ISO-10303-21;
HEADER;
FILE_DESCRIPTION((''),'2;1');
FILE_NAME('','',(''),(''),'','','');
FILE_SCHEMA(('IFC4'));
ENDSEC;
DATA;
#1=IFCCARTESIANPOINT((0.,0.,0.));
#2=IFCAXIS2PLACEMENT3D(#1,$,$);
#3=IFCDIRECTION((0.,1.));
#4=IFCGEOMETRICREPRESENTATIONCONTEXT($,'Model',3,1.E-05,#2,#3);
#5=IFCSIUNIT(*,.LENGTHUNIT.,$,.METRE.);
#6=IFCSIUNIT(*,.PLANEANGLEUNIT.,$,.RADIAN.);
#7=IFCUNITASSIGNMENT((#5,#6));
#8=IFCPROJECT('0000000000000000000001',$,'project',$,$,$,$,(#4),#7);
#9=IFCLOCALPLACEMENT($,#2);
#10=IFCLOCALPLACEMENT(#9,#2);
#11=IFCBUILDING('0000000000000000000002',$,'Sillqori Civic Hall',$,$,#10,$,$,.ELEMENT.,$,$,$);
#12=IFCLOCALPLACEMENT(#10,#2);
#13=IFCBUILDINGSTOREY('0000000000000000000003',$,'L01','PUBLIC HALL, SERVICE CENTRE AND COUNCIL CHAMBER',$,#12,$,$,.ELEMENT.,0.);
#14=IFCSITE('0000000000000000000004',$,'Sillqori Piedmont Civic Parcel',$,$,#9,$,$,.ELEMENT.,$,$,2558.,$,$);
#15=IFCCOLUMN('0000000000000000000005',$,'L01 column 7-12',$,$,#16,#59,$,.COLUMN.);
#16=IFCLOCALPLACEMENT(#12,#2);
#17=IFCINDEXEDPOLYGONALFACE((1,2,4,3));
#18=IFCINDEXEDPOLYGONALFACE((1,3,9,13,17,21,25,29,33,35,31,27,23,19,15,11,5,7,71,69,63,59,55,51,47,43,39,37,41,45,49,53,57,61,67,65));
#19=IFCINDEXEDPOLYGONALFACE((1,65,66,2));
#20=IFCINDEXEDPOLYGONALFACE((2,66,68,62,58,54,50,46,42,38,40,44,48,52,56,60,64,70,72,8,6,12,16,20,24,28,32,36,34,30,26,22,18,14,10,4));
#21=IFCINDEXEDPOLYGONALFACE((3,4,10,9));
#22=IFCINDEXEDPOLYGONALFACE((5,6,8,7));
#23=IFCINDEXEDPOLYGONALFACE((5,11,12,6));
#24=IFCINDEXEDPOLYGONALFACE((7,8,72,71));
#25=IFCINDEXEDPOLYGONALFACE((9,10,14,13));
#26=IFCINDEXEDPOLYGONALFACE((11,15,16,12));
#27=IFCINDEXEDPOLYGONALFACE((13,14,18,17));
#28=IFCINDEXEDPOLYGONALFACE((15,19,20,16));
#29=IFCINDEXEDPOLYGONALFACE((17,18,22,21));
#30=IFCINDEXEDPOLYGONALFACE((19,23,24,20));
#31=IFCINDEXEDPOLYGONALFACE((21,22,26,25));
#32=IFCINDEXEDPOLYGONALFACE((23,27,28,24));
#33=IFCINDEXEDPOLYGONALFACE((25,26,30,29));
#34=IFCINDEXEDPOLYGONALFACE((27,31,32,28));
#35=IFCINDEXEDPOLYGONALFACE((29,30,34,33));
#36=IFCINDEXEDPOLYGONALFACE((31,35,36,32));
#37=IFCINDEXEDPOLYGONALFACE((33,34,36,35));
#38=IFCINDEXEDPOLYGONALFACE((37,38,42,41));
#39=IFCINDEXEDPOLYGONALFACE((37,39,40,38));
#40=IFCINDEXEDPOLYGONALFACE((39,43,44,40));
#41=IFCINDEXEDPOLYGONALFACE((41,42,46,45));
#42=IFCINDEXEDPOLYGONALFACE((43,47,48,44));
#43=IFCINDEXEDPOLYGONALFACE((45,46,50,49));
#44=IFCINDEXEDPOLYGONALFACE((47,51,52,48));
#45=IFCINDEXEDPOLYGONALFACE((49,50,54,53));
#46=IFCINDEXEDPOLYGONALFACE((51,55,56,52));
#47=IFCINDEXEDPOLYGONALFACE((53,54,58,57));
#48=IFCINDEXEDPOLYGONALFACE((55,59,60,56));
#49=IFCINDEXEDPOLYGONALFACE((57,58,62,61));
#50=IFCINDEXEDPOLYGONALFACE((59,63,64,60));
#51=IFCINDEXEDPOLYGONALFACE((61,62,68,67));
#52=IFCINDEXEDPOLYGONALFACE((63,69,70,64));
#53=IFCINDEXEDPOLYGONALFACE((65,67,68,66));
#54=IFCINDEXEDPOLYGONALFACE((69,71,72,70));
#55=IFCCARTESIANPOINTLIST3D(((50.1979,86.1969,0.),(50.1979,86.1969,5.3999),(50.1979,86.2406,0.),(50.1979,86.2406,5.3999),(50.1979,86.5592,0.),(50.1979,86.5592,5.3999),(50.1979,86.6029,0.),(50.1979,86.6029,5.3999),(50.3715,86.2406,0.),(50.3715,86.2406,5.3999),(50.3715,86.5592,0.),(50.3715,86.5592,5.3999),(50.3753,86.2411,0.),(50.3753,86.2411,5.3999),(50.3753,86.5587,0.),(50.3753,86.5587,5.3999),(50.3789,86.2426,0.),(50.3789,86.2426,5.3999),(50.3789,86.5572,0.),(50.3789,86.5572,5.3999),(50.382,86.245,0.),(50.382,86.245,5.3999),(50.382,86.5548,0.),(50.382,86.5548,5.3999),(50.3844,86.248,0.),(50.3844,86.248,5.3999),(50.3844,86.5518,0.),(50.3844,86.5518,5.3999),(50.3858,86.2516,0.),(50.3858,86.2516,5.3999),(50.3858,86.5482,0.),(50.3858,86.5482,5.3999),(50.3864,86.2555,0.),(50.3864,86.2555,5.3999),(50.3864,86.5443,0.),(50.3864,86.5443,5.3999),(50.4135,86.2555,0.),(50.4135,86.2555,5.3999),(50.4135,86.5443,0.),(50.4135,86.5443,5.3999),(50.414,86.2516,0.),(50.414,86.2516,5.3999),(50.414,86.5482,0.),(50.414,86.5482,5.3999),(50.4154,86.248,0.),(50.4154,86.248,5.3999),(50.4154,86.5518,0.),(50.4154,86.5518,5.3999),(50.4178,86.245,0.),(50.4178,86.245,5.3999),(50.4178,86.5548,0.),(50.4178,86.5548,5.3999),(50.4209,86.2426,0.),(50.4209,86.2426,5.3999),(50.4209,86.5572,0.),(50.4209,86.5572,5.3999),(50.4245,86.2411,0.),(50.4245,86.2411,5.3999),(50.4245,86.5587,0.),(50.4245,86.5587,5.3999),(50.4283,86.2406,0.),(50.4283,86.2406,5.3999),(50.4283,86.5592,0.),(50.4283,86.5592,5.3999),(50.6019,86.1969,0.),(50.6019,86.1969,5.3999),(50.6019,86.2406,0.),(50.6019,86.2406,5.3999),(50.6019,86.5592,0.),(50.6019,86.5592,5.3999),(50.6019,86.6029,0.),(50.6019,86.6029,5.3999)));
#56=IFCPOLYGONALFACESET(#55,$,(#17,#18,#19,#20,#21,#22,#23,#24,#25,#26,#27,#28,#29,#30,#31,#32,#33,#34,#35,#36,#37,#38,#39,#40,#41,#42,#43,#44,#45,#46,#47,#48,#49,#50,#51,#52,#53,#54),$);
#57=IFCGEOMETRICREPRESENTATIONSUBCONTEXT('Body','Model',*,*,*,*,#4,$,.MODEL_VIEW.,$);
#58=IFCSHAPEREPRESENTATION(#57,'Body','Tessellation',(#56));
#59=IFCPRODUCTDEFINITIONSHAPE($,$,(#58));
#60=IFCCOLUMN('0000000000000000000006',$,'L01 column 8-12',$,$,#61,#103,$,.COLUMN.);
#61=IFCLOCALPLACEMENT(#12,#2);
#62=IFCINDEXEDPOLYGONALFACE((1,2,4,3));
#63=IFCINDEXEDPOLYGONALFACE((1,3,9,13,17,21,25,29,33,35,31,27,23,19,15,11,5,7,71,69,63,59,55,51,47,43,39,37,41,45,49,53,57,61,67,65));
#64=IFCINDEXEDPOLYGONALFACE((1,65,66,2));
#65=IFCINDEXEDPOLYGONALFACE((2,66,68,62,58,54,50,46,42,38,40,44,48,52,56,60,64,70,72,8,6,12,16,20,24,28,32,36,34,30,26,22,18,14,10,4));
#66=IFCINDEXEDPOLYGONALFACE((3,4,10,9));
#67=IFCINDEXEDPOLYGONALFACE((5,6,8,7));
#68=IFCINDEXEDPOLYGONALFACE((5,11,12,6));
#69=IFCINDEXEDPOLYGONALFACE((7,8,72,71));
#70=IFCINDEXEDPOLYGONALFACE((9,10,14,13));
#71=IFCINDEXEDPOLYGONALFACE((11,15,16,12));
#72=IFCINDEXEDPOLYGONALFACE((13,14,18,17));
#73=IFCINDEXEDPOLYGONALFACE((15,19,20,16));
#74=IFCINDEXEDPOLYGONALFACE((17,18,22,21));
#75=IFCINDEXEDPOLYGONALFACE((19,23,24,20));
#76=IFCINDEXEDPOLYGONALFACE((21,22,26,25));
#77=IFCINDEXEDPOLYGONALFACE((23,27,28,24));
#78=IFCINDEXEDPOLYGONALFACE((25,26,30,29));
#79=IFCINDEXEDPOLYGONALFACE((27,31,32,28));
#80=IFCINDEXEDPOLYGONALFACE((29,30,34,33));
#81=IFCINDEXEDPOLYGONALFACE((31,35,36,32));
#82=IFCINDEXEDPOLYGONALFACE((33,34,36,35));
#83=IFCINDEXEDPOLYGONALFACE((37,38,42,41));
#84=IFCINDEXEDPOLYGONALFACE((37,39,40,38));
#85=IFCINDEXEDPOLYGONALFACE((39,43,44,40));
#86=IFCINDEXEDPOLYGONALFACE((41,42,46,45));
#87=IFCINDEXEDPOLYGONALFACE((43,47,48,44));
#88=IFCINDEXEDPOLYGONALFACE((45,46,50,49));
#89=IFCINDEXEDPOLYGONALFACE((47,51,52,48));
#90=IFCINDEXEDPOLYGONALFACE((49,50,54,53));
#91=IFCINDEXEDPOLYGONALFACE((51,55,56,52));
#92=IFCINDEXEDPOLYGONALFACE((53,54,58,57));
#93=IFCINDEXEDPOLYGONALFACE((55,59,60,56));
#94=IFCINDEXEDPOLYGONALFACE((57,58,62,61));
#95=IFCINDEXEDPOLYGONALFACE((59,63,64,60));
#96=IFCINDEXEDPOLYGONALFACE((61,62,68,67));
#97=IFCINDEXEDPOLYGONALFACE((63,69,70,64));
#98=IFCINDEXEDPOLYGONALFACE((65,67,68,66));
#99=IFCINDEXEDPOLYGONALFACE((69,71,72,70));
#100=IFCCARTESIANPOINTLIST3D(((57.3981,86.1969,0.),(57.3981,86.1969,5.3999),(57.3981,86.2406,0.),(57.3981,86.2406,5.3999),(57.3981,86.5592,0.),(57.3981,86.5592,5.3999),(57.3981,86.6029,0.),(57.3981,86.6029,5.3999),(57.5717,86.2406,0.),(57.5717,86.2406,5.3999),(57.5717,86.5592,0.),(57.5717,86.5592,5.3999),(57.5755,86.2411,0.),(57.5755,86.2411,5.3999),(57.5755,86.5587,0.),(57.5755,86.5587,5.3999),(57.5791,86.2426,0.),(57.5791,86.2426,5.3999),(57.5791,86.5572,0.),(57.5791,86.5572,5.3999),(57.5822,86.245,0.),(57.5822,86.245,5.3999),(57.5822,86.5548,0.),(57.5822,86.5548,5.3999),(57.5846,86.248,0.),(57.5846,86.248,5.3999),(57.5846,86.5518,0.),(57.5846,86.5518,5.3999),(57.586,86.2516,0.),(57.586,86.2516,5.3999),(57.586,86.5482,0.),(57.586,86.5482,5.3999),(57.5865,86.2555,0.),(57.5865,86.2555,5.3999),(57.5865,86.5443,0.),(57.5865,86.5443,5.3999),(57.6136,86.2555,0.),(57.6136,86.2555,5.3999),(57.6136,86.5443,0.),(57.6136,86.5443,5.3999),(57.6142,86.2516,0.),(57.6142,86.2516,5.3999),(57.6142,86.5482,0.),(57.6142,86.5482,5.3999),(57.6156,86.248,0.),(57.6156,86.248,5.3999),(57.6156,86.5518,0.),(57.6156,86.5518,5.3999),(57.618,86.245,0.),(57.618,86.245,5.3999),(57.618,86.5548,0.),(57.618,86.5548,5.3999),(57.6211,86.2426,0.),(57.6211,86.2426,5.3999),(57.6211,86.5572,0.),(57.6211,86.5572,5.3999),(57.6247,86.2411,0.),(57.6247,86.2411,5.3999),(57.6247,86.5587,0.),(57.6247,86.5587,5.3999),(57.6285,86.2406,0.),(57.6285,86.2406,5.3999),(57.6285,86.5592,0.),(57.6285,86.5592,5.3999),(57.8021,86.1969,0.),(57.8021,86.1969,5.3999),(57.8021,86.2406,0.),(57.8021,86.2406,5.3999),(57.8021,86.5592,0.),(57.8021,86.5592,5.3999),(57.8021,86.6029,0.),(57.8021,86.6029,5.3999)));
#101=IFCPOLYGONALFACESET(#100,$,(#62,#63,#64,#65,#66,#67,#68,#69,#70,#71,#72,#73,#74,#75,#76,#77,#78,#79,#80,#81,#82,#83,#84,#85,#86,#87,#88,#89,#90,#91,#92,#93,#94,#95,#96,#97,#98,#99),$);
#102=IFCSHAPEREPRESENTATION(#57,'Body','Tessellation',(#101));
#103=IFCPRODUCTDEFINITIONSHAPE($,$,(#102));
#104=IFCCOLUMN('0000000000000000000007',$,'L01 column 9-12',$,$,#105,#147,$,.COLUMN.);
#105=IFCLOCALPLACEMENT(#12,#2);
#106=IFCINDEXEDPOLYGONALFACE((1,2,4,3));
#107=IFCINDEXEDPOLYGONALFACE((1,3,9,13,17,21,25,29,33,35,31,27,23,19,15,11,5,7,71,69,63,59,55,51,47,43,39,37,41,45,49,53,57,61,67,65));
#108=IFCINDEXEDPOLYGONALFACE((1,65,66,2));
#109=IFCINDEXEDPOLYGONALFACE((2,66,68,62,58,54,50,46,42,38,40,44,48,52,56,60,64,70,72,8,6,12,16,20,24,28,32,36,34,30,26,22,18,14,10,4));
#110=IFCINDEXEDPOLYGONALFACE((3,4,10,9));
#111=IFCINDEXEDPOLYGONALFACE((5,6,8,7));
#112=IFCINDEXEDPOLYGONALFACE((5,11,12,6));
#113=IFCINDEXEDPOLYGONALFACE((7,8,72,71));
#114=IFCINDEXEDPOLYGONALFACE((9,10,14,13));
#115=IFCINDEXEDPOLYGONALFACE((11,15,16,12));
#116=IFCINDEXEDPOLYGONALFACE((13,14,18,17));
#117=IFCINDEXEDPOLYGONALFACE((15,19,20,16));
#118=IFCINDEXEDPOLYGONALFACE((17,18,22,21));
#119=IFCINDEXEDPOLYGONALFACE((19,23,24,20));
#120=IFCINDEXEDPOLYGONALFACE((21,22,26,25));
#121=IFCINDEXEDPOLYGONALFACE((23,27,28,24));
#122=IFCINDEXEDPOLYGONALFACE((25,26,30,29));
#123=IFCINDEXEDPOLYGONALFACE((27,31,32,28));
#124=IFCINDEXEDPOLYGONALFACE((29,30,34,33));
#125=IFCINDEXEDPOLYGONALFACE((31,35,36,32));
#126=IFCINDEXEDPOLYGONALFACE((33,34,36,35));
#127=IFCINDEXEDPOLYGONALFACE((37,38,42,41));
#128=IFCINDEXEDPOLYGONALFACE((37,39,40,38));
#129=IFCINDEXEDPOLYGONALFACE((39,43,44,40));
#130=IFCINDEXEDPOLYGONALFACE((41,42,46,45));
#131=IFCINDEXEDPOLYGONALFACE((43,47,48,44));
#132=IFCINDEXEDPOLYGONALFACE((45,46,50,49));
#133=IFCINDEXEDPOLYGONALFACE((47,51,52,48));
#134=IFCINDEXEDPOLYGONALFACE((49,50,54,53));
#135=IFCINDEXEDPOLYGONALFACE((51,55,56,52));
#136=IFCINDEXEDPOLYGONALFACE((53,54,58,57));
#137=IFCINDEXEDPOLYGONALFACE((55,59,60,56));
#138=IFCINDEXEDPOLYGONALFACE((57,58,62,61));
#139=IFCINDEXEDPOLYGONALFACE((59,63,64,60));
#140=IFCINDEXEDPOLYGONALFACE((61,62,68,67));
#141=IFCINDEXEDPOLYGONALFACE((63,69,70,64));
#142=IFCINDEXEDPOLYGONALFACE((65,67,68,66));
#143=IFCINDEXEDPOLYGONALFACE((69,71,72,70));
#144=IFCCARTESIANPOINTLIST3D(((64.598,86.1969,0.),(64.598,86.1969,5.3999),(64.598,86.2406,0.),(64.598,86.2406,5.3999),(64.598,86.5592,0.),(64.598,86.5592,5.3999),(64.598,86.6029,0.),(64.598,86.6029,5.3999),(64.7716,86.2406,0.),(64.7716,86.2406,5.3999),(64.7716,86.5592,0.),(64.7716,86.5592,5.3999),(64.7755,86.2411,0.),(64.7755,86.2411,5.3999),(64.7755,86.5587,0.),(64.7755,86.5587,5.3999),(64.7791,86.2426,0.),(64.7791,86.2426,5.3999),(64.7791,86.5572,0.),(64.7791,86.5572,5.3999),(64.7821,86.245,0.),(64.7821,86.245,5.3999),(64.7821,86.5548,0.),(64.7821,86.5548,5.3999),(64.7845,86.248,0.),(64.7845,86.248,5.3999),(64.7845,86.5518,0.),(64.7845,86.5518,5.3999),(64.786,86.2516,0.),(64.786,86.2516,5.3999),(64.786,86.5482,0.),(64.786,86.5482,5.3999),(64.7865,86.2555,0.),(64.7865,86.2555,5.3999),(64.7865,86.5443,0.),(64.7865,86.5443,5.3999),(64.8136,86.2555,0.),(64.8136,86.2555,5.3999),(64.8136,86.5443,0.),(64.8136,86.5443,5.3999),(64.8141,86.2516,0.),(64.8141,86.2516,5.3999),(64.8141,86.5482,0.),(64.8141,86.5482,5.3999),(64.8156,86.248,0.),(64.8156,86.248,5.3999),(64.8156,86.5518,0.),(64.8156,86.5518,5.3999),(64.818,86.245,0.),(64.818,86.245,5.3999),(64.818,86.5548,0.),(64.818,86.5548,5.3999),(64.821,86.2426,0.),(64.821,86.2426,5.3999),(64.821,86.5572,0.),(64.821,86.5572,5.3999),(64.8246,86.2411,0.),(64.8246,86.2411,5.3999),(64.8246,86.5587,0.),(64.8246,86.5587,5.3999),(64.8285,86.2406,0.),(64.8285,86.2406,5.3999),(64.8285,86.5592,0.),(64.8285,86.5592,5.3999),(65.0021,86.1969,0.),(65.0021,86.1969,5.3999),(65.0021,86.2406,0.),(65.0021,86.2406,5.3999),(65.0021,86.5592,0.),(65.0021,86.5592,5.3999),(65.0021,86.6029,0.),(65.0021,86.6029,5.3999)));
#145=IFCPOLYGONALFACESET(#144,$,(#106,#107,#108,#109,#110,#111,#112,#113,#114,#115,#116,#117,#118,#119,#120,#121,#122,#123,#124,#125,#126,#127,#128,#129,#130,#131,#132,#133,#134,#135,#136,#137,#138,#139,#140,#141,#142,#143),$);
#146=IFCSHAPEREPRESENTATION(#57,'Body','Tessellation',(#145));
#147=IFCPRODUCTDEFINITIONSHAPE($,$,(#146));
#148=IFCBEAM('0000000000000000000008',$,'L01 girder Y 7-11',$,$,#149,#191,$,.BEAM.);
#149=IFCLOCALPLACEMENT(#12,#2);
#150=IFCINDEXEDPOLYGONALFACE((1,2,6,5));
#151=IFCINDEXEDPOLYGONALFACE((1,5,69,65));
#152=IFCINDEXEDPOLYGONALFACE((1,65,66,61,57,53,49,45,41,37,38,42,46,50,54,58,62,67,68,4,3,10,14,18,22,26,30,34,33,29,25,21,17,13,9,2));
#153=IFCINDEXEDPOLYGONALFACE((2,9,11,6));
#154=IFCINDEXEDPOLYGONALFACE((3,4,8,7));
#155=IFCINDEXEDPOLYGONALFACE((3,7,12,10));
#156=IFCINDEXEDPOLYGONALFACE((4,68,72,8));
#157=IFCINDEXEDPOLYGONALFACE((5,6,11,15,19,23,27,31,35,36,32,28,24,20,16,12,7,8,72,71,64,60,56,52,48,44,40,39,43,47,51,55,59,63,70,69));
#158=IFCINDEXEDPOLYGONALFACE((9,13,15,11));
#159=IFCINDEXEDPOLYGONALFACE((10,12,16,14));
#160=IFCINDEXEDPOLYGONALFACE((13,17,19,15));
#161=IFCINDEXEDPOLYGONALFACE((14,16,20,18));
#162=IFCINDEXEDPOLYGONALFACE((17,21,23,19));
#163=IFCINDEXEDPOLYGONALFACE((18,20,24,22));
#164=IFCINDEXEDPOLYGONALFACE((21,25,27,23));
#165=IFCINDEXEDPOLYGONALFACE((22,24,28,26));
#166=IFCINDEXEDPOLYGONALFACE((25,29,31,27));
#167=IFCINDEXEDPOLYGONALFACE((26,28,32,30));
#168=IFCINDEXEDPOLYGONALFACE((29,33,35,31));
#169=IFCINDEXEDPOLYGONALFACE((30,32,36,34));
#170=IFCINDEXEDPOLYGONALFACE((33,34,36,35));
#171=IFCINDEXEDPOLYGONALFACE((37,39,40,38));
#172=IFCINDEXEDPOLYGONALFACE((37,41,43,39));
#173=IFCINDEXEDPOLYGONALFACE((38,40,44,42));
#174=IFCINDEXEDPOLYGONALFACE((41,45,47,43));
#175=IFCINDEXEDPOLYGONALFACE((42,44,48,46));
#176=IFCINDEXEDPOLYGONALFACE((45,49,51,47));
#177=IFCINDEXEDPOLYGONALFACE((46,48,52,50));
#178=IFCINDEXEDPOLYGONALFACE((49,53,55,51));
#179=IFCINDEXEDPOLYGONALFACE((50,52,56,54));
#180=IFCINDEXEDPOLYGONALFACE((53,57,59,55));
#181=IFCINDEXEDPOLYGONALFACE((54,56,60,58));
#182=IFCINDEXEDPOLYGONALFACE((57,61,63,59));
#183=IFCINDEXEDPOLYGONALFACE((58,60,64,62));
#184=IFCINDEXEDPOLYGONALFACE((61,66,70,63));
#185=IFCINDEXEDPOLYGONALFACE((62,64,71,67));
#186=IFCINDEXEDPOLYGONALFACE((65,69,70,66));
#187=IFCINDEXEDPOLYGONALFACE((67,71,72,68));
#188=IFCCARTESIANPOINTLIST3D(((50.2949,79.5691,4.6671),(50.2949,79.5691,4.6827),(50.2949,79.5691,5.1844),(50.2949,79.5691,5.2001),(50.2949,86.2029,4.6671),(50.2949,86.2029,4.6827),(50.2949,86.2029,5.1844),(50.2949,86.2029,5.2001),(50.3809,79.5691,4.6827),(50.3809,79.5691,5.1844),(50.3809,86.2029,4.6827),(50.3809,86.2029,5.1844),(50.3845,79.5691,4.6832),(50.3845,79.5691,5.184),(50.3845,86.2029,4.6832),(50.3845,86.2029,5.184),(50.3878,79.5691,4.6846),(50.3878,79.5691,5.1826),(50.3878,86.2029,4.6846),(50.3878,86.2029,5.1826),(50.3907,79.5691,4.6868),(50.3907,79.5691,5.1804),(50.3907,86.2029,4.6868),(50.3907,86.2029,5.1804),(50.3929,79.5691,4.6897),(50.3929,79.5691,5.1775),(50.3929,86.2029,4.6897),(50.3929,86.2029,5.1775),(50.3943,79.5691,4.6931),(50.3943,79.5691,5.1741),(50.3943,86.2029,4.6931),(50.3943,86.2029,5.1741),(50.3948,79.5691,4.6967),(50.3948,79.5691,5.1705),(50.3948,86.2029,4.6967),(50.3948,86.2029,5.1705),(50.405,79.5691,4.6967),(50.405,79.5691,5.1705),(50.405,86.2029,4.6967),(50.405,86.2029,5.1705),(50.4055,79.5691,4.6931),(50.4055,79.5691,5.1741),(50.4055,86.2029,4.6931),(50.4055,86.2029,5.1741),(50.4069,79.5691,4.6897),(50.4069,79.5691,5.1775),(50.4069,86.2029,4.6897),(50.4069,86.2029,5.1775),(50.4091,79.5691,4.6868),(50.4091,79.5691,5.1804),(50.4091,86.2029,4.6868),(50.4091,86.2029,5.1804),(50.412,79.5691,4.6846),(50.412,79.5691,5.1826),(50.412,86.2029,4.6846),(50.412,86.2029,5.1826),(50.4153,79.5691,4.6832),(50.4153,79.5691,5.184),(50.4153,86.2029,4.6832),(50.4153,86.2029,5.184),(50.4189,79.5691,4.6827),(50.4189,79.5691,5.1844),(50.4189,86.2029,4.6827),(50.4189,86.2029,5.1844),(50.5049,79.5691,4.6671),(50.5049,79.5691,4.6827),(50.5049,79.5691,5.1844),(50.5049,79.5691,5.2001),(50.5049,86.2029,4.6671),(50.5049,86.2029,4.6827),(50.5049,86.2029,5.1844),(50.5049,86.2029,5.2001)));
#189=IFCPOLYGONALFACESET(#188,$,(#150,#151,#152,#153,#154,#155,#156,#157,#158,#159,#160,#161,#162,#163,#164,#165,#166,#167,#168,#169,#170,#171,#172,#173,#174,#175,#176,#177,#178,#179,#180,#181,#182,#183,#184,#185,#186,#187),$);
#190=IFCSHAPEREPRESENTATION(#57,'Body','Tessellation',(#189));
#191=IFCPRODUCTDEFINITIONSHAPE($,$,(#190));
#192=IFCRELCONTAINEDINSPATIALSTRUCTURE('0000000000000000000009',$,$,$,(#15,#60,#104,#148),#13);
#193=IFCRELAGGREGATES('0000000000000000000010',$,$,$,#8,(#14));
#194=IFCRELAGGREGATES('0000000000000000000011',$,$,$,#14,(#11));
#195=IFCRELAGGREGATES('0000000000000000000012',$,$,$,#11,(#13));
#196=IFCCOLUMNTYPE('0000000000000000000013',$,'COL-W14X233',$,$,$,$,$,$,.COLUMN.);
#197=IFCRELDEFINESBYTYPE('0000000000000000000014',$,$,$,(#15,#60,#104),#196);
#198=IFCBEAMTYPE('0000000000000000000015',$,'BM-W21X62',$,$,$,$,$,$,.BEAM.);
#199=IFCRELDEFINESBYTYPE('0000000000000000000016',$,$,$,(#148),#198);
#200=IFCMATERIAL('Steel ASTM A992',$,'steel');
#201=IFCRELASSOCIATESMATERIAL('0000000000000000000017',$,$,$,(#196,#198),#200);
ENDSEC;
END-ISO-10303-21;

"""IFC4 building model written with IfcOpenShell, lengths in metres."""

from ifc_helpers import new_model, si_unit, direction, frame, origin, origin_2d, place, context, subcontext, project, spatial, i_section, extrude, material, material_profile, profile_set, type_object, element, save


model = new_model("IFC4")

# Units and contexts
model_context = context("Model", 3, precision=1e-05, world=origin(), true_north=direction((0.0, 1.0)))
body_context = subcontext(model_context, "Body", "Model", "MODEL_VIEW")
ifc_project = project(units=[si_unit("LENGTHUNIT", "METRE"), si_unit("PLANEANGLEUNIT", "RADIAN")], contexts=[model_context])

# Site, building, storey
site_placement = place(None, origin())
site = spatial("IfcSite", under=ifc_project, at=site_placement, Name="Sillqori Piedmont Civic Parcel", CompositionType="ELEMENT", RefElevation=2558.0)
building_placement = place(site_placement, origin())
building = spatial("IfcBuilding", under=site, at=building_placement, Name="Sillqori Civic Hall", CompositionType="ELEMENT")
storey_placement = place(building_placement, origin())
storey = spatial("IfcBuildingStorey", under=building, at=storey_placement, Name="L01", Description="PUBLIC HALL, SERVICE CENTRE AND COUNCIL CHAMBER", CompositionType="ELEMENT", Elevation=0.0)

# Columns
ifc_material_1 = material(Name="Steel ASTM A992", Category="steel")
ifc_material_profile_1 = material_profile(ifc_material_1, i_section(OverallWidth=0.4041, OverallDepth=0.406, WebThickness=0.0271, FlangeThickness=0.0437, FilletRadius=0.0149, at=origin_2d()), Name="W14X233")
ifc_profile_set_1 = profile_set([ifc_material_profile_1], Name="Steel ASTM A992")
column_type = type_object("IfcColumnType", Name="COL-W14X233", PredefinedType="COLUMN", material=ifc_profile_set_1)
for number, where, z_axis, x_axis, name in (
    (1, (50.3999, 86.3999, 0.0), (0.0, 0.0, 1.0), (1.0, 0.0, 0.0), "L01 column 7-12"),
    (2, (57.6001, 86.3999, 0.0), (0.0, 0.0, 1.0), (1.0, 0.0, 0.0), "L01 column 8-12"),
    (3, (64.8, 86.3999, 0.0), (0.0, 0.0, 1.0), (1.0, 0.0, 0.0), "L01 column 9-12"),
):
    element("IfcColumn", number, at=place(storey_placement, frame(where, z_axis=z_axis, x_axis=x_axis)), inside=storey, type_object=column_type, Name=name, PredefinedType="COLUMN", context=body_context, shape_type="SweptSolid", body=[
        extrude(i_section(OverallWidth=0.4041, OverallDepth=0.406, WebThickness=0.0271, FlangeThickness=0.0437, FilletRadius=0.0149, at=origin_2d()), origin(), (0.0, 0.0, 1.0), 5.3999),
    ])

# Beam
ifc_material_profile_2 = material_profile(ifc_material_1, i_section(OverallWidth=0.21, OverallDepth=0.533, WebThickness=0.0103, FlangeThickness=0.0156, FilletRadius=0.0139, at=origin_2d()), Name="W21X62")
ifc_profile_set_2 = profile_set([ifc_material_profile_2], Name="Steel ASTM A992")
beam_type_1 = type_object("IfcBeamType", Name="BM-W21X62", PredefinedType="BEAM", material=ifc_profile_set_2)
for number, where, z_axis, x_axis, name in (
    (4, (50.3999, 79.5691, 4.9336), (0.0, 1.0, 0.0), (-1.0, 0.0, 0.0), "L01 girder Y 7-11"),
):
    element("IfcBeam", number, at=place(storey_placement, frame(where, z_axis=z_axis, x_axis=x_axis)), inside=storey, type_object=beam_type_1, Name=name, PredefinedType="BEAM", context=body_context, shape_type="SweptSolid", body=[
        extrude(i_section(OverallWidth=0.21, OverallDepth=0.533, WebThickness=0.0103, FlangeThickness=0.0156, FilletRadius=0.0139, at=origin_2d()), origin(), (0.0, 0.0, 1.0), 6.6338),
    ])

save(model, "model.ifc")
